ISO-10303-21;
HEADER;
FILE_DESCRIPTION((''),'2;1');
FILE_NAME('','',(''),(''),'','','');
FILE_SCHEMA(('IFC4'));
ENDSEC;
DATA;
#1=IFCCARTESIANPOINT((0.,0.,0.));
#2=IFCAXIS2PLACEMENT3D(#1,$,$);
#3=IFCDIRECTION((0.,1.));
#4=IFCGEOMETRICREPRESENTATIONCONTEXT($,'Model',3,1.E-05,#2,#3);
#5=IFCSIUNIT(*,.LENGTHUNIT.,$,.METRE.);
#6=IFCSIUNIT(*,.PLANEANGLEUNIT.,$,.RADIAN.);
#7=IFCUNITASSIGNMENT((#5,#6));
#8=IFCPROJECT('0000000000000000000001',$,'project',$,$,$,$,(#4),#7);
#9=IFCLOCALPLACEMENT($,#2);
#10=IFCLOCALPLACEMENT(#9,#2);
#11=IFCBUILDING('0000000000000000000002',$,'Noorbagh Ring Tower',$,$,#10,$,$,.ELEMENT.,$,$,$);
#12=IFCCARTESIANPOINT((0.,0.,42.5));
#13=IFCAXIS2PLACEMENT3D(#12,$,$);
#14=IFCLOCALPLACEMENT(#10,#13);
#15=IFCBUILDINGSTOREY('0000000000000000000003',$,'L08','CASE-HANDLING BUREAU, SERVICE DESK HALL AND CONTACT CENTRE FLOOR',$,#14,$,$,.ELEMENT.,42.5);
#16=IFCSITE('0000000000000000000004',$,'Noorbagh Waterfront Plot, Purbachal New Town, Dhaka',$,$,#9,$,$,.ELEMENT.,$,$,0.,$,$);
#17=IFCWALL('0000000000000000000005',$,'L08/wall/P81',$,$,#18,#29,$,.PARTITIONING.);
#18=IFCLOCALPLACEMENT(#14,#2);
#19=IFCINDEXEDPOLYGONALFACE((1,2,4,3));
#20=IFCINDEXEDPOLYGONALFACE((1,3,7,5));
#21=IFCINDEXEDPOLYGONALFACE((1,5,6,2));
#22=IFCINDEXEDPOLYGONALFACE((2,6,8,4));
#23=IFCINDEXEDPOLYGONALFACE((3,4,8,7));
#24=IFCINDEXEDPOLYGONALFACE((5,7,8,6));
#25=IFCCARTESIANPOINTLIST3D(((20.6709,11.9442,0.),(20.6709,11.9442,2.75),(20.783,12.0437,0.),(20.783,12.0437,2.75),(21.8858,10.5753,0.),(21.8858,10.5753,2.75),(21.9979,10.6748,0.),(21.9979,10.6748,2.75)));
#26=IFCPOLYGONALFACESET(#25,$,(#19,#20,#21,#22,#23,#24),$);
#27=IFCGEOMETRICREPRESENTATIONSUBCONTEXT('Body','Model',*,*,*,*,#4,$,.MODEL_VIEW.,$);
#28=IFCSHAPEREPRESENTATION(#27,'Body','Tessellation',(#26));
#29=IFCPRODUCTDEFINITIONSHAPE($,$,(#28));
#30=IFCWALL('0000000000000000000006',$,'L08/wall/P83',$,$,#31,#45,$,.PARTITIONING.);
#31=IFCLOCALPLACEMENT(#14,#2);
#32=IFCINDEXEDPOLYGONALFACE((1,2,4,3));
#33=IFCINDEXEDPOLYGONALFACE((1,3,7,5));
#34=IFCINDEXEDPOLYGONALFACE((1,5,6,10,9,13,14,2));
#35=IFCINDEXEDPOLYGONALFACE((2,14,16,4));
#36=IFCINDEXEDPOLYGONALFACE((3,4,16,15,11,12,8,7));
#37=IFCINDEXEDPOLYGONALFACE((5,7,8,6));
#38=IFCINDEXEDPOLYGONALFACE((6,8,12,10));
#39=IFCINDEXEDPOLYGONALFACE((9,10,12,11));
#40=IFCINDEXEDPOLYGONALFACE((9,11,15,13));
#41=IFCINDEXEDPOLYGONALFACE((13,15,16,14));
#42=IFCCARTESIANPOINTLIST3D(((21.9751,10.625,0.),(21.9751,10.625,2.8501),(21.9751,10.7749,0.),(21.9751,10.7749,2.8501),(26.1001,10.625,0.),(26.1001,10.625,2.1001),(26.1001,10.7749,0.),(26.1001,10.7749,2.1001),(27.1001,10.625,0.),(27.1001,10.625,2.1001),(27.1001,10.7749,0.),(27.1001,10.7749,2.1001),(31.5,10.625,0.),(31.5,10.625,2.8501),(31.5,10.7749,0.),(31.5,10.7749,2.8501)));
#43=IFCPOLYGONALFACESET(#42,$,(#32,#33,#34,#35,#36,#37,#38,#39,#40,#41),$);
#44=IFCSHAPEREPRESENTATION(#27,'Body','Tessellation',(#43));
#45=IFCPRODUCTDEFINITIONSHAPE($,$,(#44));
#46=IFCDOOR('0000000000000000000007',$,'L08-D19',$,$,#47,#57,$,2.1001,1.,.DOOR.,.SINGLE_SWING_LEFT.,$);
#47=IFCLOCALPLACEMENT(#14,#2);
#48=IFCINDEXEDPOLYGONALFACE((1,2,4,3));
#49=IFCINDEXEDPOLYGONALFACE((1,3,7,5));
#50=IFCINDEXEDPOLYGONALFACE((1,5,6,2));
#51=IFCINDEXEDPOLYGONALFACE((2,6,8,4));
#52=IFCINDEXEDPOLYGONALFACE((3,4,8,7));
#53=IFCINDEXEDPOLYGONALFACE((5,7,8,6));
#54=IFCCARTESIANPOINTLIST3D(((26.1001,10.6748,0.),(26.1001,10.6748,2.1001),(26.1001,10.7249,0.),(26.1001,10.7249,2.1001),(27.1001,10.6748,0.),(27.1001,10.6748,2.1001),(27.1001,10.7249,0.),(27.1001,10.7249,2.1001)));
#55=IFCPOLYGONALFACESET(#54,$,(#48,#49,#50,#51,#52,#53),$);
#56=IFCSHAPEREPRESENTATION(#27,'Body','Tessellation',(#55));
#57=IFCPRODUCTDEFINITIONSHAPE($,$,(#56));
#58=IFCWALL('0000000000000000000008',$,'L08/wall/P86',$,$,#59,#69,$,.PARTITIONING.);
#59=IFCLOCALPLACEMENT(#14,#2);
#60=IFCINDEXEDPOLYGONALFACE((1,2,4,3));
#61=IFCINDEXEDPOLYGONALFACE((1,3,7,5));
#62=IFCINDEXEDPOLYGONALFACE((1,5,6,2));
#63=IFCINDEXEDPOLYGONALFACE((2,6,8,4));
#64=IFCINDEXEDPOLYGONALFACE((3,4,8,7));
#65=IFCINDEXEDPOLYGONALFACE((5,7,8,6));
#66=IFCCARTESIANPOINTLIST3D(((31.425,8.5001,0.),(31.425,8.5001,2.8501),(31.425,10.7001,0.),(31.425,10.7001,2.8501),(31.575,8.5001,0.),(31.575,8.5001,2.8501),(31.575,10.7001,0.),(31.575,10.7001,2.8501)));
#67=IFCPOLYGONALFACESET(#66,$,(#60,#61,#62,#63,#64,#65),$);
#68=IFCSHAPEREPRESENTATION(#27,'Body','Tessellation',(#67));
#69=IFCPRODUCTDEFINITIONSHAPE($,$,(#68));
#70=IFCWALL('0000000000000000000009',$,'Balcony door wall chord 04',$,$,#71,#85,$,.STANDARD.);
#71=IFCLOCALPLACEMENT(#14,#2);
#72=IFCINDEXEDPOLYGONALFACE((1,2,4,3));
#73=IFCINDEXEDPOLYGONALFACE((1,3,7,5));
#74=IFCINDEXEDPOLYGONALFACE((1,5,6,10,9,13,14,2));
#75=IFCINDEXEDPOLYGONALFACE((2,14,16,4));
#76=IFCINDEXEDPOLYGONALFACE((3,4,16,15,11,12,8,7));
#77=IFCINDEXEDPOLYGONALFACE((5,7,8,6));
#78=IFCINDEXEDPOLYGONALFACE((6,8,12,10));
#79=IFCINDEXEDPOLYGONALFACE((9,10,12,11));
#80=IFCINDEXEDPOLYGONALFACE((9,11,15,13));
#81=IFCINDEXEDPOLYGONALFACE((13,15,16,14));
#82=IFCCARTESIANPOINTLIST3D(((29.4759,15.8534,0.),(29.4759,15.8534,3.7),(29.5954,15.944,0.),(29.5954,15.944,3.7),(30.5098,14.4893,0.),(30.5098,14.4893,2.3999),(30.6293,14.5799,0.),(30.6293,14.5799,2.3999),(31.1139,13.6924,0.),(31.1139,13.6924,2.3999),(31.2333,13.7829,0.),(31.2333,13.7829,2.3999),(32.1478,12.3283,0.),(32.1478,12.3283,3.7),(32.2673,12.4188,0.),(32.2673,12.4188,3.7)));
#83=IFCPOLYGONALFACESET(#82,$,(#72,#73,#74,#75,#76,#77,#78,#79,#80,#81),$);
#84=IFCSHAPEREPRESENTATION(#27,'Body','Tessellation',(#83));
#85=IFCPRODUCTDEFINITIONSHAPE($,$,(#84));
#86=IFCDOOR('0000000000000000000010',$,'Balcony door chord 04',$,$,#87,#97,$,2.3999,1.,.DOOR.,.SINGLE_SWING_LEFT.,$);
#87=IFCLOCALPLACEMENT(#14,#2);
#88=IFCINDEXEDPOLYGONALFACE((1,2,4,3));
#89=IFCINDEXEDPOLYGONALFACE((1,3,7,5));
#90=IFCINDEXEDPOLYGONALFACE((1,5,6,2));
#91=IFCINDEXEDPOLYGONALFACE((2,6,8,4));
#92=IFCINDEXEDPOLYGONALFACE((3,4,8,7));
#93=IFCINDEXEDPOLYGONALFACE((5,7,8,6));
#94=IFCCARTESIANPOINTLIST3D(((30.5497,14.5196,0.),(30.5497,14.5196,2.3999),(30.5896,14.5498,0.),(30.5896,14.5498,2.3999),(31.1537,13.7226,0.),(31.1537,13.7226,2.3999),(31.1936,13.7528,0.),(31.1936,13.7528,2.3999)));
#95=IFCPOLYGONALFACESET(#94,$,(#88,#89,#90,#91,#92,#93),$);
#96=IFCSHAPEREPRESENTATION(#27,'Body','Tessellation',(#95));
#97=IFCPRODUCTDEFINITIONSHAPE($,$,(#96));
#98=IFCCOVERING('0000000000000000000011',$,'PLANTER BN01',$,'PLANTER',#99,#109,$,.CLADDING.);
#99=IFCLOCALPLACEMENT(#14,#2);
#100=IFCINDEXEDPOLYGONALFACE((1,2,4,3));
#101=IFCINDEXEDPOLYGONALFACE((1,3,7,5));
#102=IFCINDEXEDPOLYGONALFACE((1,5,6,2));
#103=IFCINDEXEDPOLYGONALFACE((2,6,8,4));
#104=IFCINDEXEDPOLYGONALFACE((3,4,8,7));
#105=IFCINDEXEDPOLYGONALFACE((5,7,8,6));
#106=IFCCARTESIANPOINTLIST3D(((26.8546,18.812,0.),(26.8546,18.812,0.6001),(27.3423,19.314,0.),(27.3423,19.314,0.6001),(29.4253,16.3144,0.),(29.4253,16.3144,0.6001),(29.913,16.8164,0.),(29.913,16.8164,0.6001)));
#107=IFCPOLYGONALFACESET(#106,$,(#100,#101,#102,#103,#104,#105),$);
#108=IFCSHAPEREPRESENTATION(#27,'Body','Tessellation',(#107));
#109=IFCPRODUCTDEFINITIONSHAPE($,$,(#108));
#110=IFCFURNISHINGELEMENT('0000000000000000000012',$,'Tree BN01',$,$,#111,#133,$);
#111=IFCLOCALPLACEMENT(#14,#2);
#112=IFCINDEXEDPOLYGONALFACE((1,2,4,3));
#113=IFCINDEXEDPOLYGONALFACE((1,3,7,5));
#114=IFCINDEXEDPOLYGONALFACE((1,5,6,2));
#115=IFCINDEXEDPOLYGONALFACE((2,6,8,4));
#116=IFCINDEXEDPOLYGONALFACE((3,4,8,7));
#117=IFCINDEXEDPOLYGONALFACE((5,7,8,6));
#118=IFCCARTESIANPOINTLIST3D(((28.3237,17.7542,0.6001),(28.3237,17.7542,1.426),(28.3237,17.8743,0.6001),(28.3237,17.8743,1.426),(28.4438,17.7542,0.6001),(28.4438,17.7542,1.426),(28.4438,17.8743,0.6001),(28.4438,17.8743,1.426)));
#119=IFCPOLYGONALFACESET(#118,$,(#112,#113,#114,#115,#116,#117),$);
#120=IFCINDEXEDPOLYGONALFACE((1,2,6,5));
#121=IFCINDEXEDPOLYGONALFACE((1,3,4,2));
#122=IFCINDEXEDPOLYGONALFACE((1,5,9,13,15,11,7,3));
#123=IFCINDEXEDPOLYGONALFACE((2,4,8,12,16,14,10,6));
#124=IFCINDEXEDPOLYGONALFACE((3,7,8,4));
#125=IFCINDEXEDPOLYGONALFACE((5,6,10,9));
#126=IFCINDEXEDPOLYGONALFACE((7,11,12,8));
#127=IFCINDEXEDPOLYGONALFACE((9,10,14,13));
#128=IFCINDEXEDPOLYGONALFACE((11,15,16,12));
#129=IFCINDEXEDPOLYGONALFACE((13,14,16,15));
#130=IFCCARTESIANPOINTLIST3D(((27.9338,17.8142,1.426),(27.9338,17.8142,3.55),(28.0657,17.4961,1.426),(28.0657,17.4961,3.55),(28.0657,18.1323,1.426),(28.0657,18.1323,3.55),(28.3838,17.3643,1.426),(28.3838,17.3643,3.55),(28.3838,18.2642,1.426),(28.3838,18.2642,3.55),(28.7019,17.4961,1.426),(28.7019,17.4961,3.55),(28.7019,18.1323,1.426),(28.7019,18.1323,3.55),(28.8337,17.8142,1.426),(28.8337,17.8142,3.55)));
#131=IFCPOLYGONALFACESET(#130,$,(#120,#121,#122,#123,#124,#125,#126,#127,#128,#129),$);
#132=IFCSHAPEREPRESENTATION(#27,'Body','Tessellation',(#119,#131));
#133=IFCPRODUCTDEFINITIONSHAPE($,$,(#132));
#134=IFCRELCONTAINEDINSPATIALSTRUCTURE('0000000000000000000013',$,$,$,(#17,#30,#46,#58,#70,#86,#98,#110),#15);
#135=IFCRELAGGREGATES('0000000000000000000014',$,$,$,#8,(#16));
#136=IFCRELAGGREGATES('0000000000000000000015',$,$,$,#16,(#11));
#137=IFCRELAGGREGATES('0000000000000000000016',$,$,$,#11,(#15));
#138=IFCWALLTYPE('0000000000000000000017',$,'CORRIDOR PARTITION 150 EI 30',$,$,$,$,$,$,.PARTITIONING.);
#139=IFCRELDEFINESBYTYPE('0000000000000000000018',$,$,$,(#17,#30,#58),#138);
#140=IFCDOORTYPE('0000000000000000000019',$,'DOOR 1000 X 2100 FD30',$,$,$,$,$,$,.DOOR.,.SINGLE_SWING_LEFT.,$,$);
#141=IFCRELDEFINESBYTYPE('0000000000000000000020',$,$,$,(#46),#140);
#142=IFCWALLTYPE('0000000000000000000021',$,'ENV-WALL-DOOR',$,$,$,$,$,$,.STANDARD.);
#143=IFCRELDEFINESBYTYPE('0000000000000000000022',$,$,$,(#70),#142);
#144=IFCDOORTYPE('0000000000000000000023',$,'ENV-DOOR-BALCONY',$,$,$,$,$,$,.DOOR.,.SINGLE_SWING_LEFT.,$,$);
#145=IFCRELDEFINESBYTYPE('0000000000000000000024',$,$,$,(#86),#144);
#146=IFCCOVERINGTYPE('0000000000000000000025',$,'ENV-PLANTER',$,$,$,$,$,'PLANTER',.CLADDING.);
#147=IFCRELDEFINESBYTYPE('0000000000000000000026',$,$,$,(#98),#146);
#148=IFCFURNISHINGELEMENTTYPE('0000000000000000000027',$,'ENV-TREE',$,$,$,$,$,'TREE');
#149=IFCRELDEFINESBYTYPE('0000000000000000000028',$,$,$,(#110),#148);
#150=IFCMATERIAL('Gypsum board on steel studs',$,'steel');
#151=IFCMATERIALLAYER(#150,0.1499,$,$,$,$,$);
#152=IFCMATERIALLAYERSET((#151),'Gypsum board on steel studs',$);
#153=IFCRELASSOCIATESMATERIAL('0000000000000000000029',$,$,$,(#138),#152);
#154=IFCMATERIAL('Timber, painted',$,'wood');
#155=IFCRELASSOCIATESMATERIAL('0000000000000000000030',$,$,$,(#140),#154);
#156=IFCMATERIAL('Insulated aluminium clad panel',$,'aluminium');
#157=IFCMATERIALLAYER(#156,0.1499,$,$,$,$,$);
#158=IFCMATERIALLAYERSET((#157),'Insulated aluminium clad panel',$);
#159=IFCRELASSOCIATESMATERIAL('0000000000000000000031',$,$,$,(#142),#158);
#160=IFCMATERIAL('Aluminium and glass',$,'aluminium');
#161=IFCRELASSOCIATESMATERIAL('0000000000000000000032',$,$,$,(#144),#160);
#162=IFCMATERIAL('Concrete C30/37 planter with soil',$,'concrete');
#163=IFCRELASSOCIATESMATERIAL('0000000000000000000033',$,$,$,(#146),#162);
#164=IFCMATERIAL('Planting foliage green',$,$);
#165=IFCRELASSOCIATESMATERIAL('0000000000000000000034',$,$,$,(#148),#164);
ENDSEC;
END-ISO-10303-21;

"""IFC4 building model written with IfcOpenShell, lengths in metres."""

from ifc_helpers import new_model, si_unit, direction, frame, frame_2d, origin, origin_2d, place, context, subcontext, project, spatial, polyline, rectangle, outline, extrude, material, layer, layer_set, type_object, element, fill, save


model = new_model("IFC4")

# Units and contexts
model_context = context("Model", 3, precision=1e-05, world=origin(), true_north=direction((0.0, 1.0)))
body_context = subcontext(model_context, "Body", "Model", "MODEL_VIEW")
ifc_project = project(units=[si_unit("LENGTHUNIT", "METRE"), si_unit("PLANEANGLEUNIT", "RADIAN")], contexts=[model_context])

# Site, building, storey
site_placement = place(None, origin())
site = spatial("IfcSite", under=ifc_project, at=site_placement, Name="Noorbagh Waterfront Plot, Purbachal New Town, Dhaka", CompositionType="ELEMENT", RefElevation=0.0)
building_placement = place(site_placement, origin())
building = spatial("IfcBuilding", under=site, at=building_placement, Name="Noorbagh Ring Tower", CompositionType="ELEMENT")
storey_placement = place(building_placement, frame((0.0, 0.0, 42.5)))
storey = spatial("IfcBuildingStorey", under=building, at=storey_placement, Name="L08", Description="CASE-HANDLING BUREAU, SERVICE DESK HALL AND CONTACT CENTRE FLOOR", CompositionType="ELEMENT", Elevation=42.5)

# Wall
ifc_material_1 = material(Name="Gypsum board on steel studs", Category="steel")
ifc_layer_1 = layer(ifc_material_1, 0.1499)
ifc_layer_set_1 = layer_set([ifc_layer_1], Name="Gypsum board on steel studs")
wall_type_1 = type_object("IfcWallType", Name="CORRIDOR PARTITION 150 EI 30", PredefinedType="PARTITIONING", material=ifc_layer_set_1)
wall_1_placement = place(storey_placement, frame((20.7271, 11.9939, 0.0), z_axis=(0.0, 0.0, 1.0), x_axis=(0.663767, -0.747939, 0.0)))
element("IfcWall", 1, at=wall_1_placement, inside=storey, type_object=wall_type_1, Name="L08/wall/P81", PredefinedType="PARTITIONING", context=body_context, shape_type="SweptSolid", body=[
    extrude(rectangle(XDim=1.8303, YDim=0.1499, at=frame_2d((0.915, 0.0))), origin(), (0.0, 0.0, 1.0), 2.75),
])

# Wall, opening, door
wall_2_placement = place(storey_placement, frame((21.9751, 10.7, 0.0), z_axis=(0.0, 0.0, 1.0), x_axis=(1.0, 0.0, 0.0)))
wall_2 = element("IfcWall", 2, at=wall_2_placement, inside=storey, type_object=wall_type_1, Name="L08/wall/P83", PredefinedType="PARTITIONING", context=body_context, shape_type="SweptSolid", body=[
    extrude(rectangle(XDim=9.5249, YDim=0.1499, at=frame_2d((4.7625, 0.0))), origin(), (0.0, 0.0, 1.0), 2.8501),
])
opening_1_placement = place(wall_2_placement, frame((4.125, 0.0, 0.0)))
opening_1 = element("IfcOpeningElement", 3, at=opening_1_placement, cuts=wall_2, PredefinedType="OPENING", context=body_context, shape_type="SweptSolid", body=[
    extrude(rectangle(XDim=1.0, YDim=2.1001, at=frame_2d((0.5, 1.05))), frame((0.0, 0.085, 0.0), z_axis=(0.0, -1.0, 0.0), x_axis=(1.0, 0.0, 0.0)), (0.0, 0.0, 1.0), 0.1699),
])
ifc_material_2 = material(Name="Timber, painted", Category="wood")
door_type_1 = type_object("IfcDoorType", Name="DOOR 1000 X 2100 FD30", OperationType="SINGLE_SWING_LEFT", PredefinedType="DOOR", material=ifc_material_2)
door_1_placement = place(opening_1_placement, origin())
door_1 = element("IfcDoor", 4, at=door_1_placement, inside=storey, type_object=door_type_1, Name="L08-D19", OperationType="SINGLE_SWING_LEFT", OverallHeight=2.1001, OverallWidth=1.0, PredefinedType="DOOR", context=body_context, shape_type="SweptSolid", body=[
    extrude(rectangle(XDim=1.0, YDim=2.1001, at=frame_2d((0.5, 1.05))), frame((0.0, 0.0249, 0.0), z_axis=(0.0, -1.0, 0.0), x_axis=(1.0, 0.0, 0.0)), (0.0, 0.0, 1.0), 0.05),
])
fill(opening_1, door_1)

# Wall
wall_3_placement = place(storey_placement, frame((31.5, 8.5, 0.0), z_axis=(0.0, 0.0, 1.0), x_axis=(0.0, 1.0, 0.0)))
element("IfcWall", 5, at=wall_3_placement, inside=storey, type_object=wall_type_1, Name="L08/wall/P86", PredefinedType="PARTITIONING", context=body_context, shape_type="SweptSolid", body=[
    extrude(rectangle(XDim=2.2, YDim=0.1499, at=frame_2d((1.1001, 0.0))), origin(), (0.0, 0.0, 1.0), 2.8501),
])

# Wall, opening, door
ifc_material_3 = material(Name="Insulated aluminium clad panel", Category="aluminium")
ifc_layer_2 = layer(ifc_material_3, 0.1499)
ifc_layer_set_2 = layer_set([ifc_layer_2], Name="Insulated aluminium clad panel")
wall_type_2 = type_object("IfcWallType", Name="ENV-WALL-DOOR", PredefinedType="STANDARD", material=ifc_layer_set_2)
wall_4_placement = place(storey_placement, frame((32.2075, 12.3735, 0.0), z_axis=(0.0, 0.0, 1.0), x_axis=(-0.604046, 0.79695, 0.0)))
wall_4 = element("IfcWall", 6, at=wall_4_placement, inside=storey, type_object=wall_type_2, Name="Balcony door wall chord 04", PredefinedType="STANDARD", context=body_context, shape_type="SweptSolid", body=[
    extrude(rectangle(XDim=4.4233, YDim=0.1499, at=frame_2d((2.2117, 0.0))), origin(), (0.0, 0.0, 1.0), 3.7),
])
opening_2_placement = place(wall_4_placement, frame((1.7117, 0.0, 0.0)))
opening_2 = element("IfcOpeningElement", 7, at=opening_2_placement, cuts=wall_4, PredefinedType="OPENING", context=body_context, shape_type="SweptSolid", body=[
    extrude(rectangle(XDim=1.0, YDim=2.3999, at=frame_2d((0.5, 1.2))), frame((0.0, 0.085, 0.0), z_axis=(0.0, -1.0, 0.0), x_axis=(1.0, 0.0, 0.0)), (0.0, 0.0, 1.0), 0.1699),
])
ifc_material_4 = material(Name="Aluminium and glass", Category="aluminium")
door_type_2 = type_object("IfcDoorType", Name="ENV-DOOR-BALCONY", OperationType="SINGLE_SWING_LEFT", PredefinedType="DOOR", material=ifc_material_4)
door_2_placement = place(opening_2_placement, origin())
door_2 = element("IfcDoor", 8, at=door_2_placement, inside=storey, type_object=door_type_2, Name="Balcony door chord 04", OperationType="SINGLE_SWING_LEFT", OverallHeight=2.3999, OverallWidth=1.0, PredefinedType="DOOR", context=body_context, shape_type="SweptSolid", body=[
    extrude(rectangle(XDim=1.0, YDim=2.3999, at=frame_2d((0.5, 1.2))), frame((0.0, 0.0249, 0.0), z_axis=(0.0, -1.0, 0.0), x_axis=(1.0, 0.0, 0.0)), (0.0, 0.0, 1.0), 0.05),
])
fill(opening_2, door_2)

# Covering
ifc_material_5 = material(Name="Concrete C30/37 planter with soil", Category="concrete")
covering_type = type_object("IfcCoveringType", Name="ENV-PLANTER", ElementType="PLANTER", PredefinedType="CLADDING", material=ifc_material_5)
covering_placement = place(storey_placement, frame((28.3838, 17.8142, 0.0), z_axis=(0.0, 0.0, 1.0), x_axis=(-0.717225, 0.696842, 0.0)))
element("IfcCovering", 9, at=covering_placement, inside=storey, type_object=covering_type, Name="PLANTER BN01", ObjectType="PLANTER", PredefinedType="CLADDING", context=body_context, shape_type="SweptSolid", body=[
    extrude(rectangle(XDim=3.5842, YDim=0.7, at=origin_2d()), origin(), (0.0, 0.0, 1.0), 0.6001),
])

# Furnishing element
ifc_material_6 = material(Name="Planting foliage green")
furnishing_element_type = type_object("IfcFurnishingElementType", Name="ENV-TREE", ElementType="TREE", material=ifc_material_6)
furnishing_placement = place(storey_placement, frame((28.3838, 17.8142, 0.6001), z_axis=(0.0, 0.0, 1.0), x_axis=(1.0, 0.0, 0.0)))
element("IfcFurnishingElement", 10, at=furnishing_placement, inside=storey, type_object=furnishing_element_type, Name="Tree BN01", context=body_context, shape_type="SweptSolid", body=[
    extrude(rectangle(XDim=0.1201, YDim=0.1201, at=origin_2d()), origin(), (0.0, 0.0, 1.0), 0.8259),
    extrude(outline(polyline([(0.45, 0.0), (0.3181, 0.3181), (0.0, 0.45), (-0.3181, 0.3181), (-0.45, 0.0), (-0.3181, -0.3181), (0.0, -0.45), (0.3181, -0.3181), (0.45, 0.0)])), frame((0.0, 0.0, 0.8259)), (0.0, 0.0, 1.0), 2.124),
])

save(model, "model.ifc")
